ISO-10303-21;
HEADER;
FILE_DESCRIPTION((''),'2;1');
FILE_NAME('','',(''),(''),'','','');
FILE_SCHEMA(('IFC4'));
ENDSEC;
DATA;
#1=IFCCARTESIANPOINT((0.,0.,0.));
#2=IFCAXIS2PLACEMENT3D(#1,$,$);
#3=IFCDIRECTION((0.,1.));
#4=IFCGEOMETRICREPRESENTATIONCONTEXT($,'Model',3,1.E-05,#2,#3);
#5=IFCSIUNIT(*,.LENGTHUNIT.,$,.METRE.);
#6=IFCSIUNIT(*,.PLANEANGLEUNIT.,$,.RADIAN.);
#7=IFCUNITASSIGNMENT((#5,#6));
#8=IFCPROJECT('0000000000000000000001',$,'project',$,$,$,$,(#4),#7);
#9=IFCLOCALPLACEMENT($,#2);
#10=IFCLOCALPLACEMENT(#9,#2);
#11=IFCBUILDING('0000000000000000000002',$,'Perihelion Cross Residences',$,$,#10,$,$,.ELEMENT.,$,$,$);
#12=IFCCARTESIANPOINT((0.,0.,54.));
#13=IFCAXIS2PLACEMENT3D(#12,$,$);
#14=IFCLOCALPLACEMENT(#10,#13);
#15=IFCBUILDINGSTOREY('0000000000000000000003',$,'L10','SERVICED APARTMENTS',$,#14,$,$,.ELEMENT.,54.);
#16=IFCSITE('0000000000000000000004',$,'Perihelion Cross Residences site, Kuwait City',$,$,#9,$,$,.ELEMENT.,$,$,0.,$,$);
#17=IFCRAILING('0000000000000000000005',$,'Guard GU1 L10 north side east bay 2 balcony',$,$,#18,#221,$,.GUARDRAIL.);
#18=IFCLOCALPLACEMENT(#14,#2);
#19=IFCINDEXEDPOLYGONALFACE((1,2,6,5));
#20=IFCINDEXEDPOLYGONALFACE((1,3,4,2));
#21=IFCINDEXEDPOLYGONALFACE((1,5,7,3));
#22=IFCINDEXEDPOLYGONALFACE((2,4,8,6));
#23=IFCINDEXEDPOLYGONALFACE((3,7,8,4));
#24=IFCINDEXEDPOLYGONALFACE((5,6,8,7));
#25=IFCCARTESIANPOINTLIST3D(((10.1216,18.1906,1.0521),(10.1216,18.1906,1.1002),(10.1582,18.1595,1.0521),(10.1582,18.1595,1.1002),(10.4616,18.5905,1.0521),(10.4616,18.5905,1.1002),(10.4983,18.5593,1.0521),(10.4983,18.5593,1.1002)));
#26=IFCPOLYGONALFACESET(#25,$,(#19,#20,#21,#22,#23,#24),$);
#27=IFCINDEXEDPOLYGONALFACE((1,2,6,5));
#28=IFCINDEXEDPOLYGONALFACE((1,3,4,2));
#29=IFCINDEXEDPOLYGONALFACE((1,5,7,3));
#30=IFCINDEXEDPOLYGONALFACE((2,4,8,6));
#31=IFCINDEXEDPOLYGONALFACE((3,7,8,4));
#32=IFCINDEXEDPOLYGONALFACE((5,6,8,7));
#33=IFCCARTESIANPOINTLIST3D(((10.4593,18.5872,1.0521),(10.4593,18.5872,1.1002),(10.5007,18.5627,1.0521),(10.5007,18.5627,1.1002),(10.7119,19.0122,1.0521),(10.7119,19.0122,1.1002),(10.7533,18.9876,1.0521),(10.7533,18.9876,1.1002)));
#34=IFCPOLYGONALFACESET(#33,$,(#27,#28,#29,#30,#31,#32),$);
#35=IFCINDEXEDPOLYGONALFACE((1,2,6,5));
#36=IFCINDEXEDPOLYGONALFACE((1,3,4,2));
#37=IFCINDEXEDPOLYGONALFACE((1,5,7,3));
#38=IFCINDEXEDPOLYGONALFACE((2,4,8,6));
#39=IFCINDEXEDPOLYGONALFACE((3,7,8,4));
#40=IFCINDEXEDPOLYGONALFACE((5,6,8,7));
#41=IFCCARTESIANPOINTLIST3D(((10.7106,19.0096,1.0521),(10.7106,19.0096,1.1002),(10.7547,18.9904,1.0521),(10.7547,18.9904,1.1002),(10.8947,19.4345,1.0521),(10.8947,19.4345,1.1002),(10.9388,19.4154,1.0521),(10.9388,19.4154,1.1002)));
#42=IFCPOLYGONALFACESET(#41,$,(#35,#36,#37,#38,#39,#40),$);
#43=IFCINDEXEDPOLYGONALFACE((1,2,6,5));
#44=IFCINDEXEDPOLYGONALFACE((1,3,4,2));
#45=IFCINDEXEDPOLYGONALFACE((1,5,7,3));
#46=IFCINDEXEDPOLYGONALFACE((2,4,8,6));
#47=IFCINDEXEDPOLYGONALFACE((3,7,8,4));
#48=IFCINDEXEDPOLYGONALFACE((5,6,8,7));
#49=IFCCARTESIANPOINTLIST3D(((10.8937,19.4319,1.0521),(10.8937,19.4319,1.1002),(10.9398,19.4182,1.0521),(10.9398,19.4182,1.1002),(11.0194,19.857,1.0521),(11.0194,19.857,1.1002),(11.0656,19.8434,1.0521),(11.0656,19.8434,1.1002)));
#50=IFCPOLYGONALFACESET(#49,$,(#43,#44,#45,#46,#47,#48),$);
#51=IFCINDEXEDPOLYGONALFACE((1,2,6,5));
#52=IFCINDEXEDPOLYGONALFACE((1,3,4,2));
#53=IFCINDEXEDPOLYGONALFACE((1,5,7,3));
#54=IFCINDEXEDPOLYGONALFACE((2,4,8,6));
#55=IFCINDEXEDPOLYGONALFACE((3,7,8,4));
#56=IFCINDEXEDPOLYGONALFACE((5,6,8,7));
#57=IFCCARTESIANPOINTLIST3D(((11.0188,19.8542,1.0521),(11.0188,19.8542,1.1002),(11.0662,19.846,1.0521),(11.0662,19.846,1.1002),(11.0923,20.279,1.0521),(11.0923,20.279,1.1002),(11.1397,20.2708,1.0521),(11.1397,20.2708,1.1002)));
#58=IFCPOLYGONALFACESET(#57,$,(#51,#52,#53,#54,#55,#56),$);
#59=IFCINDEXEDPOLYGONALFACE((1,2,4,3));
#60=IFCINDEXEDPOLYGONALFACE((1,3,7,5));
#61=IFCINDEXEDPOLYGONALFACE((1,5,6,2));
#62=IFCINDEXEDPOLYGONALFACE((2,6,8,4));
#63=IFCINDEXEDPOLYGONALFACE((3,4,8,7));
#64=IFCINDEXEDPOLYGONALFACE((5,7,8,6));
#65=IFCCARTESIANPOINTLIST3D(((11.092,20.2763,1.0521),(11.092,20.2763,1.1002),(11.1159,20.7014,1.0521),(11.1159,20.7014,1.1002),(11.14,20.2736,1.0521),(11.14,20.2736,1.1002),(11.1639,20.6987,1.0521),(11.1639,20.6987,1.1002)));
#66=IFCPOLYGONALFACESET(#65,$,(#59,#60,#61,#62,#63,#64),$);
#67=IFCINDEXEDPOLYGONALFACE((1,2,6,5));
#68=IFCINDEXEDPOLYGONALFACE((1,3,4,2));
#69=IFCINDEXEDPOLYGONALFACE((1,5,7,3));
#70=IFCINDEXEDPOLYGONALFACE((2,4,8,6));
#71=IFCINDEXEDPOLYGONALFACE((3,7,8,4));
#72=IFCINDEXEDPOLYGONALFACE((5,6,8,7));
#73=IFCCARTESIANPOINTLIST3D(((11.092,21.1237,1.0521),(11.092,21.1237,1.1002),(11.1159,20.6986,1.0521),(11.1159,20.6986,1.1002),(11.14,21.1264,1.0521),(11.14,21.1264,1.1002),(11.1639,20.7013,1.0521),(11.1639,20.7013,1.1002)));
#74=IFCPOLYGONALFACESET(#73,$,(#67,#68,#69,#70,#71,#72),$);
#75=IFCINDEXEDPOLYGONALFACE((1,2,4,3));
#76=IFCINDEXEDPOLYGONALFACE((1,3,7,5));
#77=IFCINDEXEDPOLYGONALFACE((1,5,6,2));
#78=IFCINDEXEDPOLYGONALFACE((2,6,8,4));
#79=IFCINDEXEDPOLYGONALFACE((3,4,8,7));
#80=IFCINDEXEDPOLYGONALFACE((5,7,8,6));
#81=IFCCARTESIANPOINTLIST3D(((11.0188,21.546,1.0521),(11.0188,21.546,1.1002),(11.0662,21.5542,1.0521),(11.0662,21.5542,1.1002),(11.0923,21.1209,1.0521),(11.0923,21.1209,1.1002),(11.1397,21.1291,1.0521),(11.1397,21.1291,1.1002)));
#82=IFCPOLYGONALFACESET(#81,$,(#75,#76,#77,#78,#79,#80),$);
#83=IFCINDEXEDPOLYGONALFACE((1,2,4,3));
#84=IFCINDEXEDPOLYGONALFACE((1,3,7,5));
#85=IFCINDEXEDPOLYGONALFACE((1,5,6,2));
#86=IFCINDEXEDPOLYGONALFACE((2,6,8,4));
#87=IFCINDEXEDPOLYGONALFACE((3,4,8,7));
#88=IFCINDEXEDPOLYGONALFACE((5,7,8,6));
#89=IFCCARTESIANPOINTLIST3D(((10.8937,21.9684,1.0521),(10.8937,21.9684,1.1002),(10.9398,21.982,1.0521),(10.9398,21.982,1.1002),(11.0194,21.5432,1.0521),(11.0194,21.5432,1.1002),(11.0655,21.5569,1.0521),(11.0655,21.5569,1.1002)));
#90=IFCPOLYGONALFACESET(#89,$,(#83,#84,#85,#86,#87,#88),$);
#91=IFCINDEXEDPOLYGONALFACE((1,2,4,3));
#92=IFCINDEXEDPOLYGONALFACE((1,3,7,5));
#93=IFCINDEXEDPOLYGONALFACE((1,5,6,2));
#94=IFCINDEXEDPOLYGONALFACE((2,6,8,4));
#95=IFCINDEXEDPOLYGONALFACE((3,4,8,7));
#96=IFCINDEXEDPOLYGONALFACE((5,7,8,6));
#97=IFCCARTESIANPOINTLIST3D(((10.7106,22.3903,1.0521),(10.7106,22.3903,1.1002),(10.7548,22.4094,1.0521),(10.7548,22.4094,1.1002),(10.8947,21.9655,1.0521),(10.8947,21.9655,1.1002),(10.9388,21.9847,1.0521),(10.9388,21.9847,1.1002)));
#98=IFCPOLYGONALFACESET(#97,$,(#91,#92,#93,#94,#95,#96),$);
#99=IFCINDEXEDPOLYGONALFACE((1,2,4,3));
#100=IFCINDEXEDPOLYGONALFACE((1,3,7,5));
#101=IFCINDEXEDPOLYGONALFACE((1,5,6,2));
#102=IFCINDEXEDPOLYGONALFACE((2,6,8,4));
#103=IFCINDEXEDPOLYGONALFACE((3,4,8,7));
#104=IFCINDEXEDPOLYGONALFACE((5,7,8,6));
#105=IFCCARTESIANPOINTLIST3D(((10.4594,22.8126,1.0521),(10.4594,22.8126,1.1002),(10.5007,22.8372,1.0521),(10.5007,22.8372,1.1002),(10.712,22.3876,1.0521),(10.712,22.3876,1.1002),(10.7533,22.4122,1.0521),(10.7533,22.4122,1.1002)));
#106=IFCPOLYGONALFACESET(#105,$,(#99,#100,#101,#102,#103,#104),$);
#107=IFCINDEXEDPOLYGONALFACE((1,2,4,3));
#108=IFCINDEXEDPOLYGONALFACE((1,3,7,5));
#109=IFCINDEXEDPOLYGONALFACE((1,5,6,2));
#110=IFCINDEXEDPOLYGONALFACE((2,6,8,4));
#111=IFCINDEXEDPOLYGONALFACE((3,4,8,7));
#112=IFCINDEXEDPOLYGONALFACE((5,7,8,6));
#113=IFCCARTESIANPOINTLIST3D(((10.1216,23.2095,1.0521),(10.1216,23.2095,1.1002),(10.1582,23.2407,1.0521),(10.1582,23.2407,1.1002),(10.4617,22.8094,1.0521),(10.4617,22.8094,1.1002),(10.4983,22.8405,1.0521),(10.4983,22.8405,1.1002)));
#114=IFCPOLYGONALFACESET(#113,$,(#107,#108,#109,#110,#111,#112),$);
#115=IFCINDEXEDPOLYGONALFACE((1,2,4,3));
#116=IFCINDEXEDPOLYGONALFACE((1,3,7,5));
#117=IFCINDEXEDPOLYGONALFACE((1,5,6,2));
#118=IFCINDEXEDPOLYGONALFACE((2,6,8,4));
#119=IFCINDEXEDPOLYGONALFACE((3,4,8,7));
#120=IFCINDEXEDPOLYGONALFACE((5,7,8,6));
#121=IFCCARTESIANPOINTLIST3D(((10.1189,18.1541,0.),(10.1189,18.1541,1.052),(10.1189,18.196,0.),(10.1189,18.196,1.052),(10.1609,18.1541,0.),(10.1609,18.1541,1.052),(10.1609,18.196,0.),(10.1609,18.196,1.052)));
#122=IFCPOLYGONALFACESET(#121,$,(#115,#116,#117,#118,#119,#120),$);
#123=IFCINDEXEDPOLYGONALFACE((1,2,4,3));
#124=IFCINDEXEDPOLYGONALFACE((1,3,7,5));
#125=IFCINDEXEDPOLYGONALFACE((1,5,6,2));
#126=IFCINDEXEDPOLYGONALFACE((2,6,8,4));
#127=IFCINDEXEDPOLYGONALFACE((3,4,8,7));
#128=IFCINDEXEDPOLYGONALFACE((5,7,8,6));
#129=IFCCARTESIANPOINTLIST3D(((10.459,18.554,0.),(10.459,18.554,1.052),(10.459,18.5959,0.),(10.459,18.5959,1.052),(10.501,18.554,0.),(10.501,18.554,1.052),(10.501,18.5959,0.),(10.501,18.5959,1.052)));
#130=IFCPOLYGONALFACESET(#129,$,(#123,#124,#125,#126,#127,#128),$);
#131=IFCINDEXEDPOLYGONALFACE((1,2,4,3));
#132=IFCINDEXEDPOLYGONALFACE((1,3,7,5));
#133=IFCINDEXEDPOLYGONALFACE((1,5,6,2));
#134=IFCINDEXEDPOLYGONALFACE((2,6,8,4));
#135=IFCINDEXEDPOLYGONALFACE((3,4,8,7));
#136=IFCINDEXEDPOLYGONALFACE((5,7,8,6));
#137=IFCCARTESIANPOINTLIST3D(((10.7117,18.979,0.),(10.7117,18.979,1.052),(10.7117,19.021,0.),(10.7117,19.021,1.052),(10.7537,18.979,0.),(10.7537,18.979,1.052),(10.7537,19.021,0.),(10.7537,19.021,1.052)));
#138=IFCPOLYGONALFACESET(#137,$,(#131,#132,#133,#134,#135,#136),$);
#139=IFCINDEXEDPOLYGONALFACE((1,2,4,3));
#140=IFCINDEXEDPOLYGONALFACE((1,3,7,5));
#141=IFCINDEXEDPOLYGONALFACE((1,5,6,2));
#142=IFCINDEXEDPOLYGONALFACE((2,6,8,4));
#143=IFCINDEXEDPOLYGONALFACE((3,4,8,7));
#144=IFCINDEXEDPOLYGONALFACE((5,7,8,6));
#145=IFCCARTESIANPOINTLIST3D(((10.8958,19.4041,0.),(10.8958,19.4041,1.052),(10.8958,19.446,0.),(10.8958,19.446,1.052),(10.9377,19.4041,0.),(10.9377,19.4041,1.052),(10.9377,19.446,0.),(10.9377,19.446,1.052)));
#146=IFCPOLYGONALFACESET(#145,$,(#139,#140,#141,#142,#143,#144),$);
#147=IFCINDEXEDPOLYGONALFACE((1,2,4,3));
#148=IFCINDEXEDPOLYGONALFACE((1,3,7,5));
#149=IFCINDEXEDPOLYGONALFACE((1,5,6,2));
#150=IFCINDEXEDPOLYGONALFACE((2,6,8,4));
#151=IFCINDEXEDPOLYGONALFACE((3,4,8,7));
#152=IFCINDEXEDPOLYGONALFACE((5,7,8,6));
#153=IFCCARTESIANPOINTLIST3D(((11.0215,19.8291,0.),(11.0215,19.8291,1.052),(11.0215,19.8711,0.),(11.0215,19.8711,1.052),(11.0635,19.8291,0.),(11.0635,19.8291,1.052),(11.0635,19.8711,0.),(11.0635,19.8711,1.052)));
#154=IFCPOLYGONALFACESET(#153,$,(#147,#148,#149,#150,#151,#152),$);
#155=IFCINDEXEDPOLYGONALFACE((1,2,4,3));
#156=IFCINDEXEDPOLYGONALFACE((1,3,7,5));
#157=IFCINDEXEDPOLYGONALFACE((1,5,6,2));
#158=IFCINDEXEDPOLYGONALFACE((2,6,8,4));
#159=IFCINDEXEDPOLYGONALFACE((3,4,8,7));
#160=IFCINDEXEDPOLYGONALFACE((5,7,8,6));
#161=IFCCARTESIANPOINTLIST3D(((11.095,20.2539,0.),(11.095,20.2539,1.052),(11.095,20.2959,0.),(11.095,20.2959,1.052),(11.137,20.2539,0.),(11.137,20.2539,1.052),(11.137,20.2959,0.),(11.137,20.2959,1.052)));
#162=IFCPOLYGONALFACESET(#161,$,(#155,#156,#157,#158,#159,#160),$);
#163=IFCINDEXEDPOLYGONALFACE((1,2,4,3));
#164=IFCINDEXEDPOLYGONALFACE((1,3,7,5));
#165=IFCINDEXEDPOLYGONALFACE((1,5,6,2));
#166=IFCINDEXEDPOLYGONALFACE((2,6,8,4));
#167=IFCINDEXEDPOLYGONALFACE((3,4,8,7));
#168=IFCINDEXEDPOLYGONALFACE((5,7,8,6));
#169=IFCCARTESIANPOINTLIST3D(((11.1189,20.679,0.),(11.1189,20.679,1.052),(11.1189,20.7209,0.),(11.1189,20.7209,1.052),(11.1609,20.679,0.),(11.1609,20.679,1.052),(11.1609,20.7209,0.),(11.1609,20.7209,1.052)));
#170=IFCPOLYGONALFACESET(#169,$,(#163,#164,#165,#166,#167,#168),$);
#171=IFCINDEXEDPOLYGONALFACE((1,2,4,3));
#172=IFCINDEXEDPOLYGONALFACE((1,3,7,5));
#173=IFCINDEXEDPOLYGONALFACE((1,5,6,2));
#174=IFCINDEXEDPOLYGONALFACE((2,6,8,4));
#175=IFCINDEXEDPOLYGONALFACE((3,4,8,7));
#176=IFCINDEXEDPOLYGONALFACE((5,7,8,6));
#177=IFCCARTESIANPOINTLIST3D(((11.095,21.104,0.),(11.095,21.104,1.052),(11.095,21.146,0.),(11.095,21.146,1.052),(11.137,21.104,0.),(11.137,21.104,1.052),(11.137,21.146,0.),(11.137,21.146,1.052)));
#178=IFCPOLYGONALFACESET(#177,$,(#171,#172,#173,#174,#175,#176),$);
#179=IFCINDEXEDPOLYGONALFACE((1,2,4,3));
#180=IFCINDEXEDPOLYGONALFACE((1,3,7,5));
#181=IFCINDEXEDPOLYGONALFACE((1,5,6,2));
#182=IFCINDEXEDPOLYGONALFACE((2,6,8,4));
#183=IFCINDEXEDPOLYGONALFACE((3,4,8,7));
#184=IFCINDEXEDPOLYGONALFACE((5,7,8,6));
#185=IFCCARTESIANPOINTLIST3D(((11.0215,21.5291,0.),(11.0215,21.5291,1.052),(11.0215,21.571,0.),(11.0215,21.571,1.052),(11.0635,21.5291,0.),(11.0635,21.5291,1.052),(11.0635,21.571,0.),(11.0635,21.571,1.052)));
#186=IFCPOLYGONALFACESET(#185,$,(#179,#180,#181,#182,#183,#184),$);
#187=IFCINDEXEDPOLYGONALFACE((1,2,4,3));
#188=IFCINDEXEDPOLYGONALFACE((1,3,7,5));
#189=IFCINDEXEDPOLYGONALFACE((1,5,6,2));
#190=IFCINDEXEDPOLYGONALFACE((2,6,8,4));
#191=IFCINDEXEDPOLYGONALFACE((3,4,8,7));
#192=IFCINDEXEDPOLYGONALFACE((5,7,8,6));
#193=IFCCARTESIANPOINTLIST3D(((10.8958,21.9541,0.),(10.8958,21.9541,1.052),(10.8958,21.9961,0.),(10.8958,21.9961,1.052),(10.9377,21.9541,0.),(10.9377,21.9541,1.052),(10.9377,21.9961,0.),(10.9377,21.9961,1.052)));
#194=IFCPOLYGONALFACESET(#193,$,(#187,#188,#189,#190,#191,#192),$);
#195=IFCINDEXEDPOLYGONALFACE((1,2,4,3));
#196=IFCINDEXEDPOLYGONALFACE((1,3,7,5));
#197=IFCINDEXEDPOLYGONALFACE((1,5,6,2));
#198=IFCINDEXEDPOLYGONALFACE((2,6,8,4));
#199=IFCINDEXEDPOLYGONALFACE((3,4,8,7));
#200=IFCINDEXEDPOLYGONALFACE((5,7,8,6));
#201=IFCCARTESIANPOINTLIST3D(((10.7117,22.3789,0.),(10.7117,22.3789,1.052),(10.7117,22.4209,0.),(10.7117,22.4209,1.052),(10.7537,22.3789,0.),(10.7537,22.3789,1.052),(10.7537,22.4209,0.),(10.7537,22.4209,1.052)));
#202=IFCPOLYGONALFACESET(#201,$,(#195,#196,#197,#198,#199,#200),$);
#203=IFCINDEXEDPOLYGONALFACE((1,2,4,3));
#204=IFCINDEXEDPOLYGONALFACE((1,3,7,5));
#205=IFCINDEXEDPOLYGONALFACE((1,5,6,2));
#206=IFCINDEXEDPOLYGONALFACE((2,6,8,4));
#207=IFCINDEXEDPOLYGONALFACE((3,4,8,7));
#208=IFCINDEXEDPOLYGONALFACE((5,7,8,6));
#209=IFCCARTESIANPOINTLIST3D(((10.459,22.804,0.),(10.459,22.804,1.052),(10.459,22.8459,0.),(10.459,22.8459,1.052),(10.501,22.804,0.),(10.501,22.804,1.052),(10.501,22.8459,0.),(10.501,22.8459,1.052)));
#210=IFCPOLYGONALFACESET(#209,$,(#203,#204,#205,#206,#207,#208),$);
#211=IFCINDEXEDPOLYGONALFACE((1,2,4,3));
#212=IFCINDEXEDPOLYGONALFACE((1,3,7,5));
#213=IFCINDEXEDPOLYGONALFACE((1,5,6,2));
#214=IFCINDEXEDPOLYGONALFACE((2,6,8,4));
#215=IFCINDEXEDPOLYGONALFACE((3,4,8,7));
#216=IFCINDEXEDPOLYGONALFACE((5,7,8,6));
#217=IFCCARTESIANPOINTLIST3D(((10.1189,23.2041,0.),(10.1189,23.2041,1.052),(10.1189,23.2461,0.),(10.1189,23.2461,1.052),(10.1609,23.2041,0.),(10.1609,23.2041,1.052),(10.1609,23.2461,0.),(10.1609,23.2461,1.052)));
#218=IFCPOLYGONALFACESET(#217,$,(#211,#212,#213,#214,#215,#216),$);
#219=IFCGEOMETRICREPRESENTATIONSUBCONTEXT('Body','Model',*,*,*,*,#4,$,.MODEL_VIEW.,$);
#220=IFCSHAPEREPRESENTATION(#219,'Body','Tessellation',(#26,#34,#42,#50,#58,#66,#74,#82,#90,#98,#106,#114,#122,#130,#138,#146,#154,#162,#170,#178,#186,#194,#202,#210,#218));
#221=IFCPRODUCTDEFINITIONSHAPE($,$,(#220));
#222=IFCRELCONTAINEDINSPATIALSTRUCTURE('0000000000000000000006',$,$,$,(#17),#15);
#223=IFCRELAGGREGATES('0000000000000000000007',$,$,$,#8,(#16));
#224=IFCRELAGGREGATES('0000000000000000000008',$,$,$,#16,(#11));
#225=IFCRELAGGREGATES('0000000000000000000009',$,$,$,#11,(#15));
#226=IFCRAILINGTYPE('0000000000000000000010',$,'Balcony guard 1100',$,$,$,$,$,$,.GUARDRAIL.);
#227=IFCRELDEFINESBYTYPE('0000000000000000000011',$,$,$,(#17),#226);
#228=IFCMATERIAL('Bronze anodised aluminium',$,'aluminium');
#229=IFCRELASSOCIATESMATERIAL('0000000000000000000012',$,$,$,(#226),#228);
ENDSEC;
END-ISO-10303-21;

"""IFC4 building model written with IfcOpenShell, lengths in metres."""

from ifc_helpers import new_model, si_unit, direction, frame, origin, origin_2d, place, context, subcontext, project, spatial, rectangle, extrude, material, type_object, element, save


model = new_model("IFC4")

# Units and contexts
model_context = context("Model", 3, precision=1e-05, world=origin(), true_north=direction((0.0, 1.0)))
body_context = subcontext(model_context, "Body", "Model", "MODEL_VIEW")
ifc_project = project(units=[si_unit("LENGTHUNIT", "METRE"), si_unit("PLANEANGLEUNIT", "RADIAN")], contexts=[model_context])

# Site, building, storey
site_placement = place(None, origin())
site = spatial("IfcSite", under=ifc_project, at=site_placement, Name="Perihelion Cross Residences site, Kuwait City", CompositionType="ELEMENT", RefElevation=0.0)
building_placement = place(site_placement, origin())
building = spatial("IfcBuilding", under=site, at=building_placement, Name="Perihelion Cross Residences", CompositionType="ELEMENT")
storey_placement = place(building_placement, frame((0.0, 0.0, 54.0)))
storey = spatial("IfcBuildingStorey", under=building, at=storey_placement, Name="L10", Description="SERVICED APARTMENTS", CompositionType="ELEMENT", Elevation=54.0)

# Railing
ifc_material_1 = material(Name="Bronze anodised aluminium", Category="aluminium")
railing_type = type_object("IfcRailingType", Name="Balcony guard 1100", PredefinedType="GUARDRAIL", material=ifc_material_1)
railing_1_placement = place(storey_placement, frame((10.1399, 18.175, 0.0)))
element("IfcRailing", 1, at=railing_1_placement, inside=storey, type_object=railing_type, Name="Guard GU1 L10 north side east bay 2 balcony", PredefinedType="GUARDRAIL", context=body_context, shape_type="SweptSolid", body=[
    extrude(rectangle(XDim=0.0481, YDim=0.0481, at=origin_2d()), frame((0.0, 0.0, 1.0762), z_axis=(0.647837, 0.761779, 0.0), x_axis=(-0.761779, 0.647837, 0.0)), (0.0, 0.0, 1.0), 0.5249),
    extrude(rectangle(XDim=0.0481, YDim=0.0481, at=origin_2d()), frame((0.3401, 0.3999, 1.0762), z_axis=(0.511006, 0.859577, 0.0), x_axis=(-0.859577, 0.511006, 0.0)), (0.0, 0.0, 1.0), 0.4944),
    extrude(rectangle(XDim=0.0481, YDim=0.0481, at=origin_2d()), frame((0.5928, 0.825, 1.0762), z_axis=(0.397415, 0.917639, 0.0), x_axis=(-0.917639, 0.397415, 0.0)), (0.0, 0.0, 1.0), 0.4631),
    extrude(rectangle(XDim=0.0481, YDim=0.0481, at=origin_2d()), frame((0.7769, 1.25, 1.0762), z_axis=(0.283657, 0.958926, 0.0), x_axis=(-0.958926, 0.283657, 0.0)), (0.0, 0.0, 1.0), 0.4434),
    extrude(rectangle(XDim=0.0481, YDim=0.0481, at=origin_2d()), frame((0.9026, 1.675, 1.0762), z_axis=(0.170457, 0.985365, 0.0), x_axis=(-0.985365, 0.170457, 0.0)), (0.0, 0.0, 1.0), 0.4312),
    extrude(rectangle(XDim=0.0481, YDim=0.0481, at=origin_2d()), frame((0.9761, 2.0999, 1.0762), z_axis=(0.056201, 0.99842, 0.0), x_axis=(-0.99842, 0.056201, 0.0)), (0.0, 0.0, 1.0), 0.4258),
    extrude(rectangle(XDim=0.0481, YDim=0.0481, at=origin_2d()), frame((1.0, 2.5249, 1.0762), z_axis=(-0.056201, 0.99842, 0.0), x_axis=(-0.99842, -0.056201, 0.0)), (0.0, 0.0, 1.0), 0.4258),
    extrude(rectangle(XDim=0.0481, YDim=0.0481, at=origin_2d()), frame((0.9761, 2.95, 1.0762), z_axis=(-0.170362, 0.985382, 0.0), x_axis=(-0.985382, -0.170362, 0.0)), (0.0, 0.0, 1.0), 0.4314),
    extrude(rectangle(XDim=0.0481, YDim=0.0481, at=origin_2d()), frame((0.9026, 3.375, 1.0762), z_axis=(-0.283657, 0.958926, 0.0), x_axis=(-0.958926, -0.283657, 0.0)), (0.0, 0.0, 1.0), 0.4434),
    extrude(rectangle(XDim=0.0481, YDim=0.0481, at=origin_2d()), frame((0.7769, 3.8, 1.0762), z_axis=(-0.397607, 0.917556, 0.0), x_axis=(-0.917556, -0.397607, 0.0)), (0.0, 0.0, 1.0), 0.4629),
    extrude(rectangle(XDim=0.0481, YDim=0.0481, at=origin_2d()), frame((0.5928, 4.2249, 1.0762), z_axis=(-0.511006, 0.859577, 0.0), x_axis=(-0.859577, -0.511006, 0.0)), (0.0, 0.0, 1.0), 0.4944),
    extrude(rectangle(XDim=0.0481, YDim=0.0481, at=origin_2d()), frame((0.3401, 4.6499, 1.0762), z_axis=(-0.647608, 0.761974, 0.0), x_axis=(-0.761974, -0.647608, 0.0)), (0.0, 0.0, 1.0), 0.5251),
    extrude(rectangle(XDim=0.042, YDim=0.042, at=origin_2d()), origin(), (0.0, 0.0, 1.0), 1.052),
    extrude(rectangle(XDim=0.042, YDim=0.042, at=origin_2d()), frame((0.3401, 0.3999, 0.0)), (0.0, 0.0, 1.0), 1.052),
    extrude(rectangle(XDim=0.042, YDim=0.042, at=origin_2d()), frame((0.5928, 0.825, 0.0)), (0.0, 0.0, 1.0), 1.052),
    extrude(rectangle(XDim=0.042, YDim=0.042, at=origin_2d()), frame((0.7769, 1.25, 0.0)), (0.0, 0.0, 1.0), 1.052),
    extrude(rectangle(XDim=0.042, YDim=0.042, at=origin_2d()), frame((0.9026, 1.675, 0.0)), (0.0, 0.0, 1.0), 1.052),
    extrude(rectangle(XDim=0.042, YDim=0.042, at=origin_2d()), frame((0.9761, 2.0999, 0.0)), (0.0, 0.0, 1.0), 1.052),
    extrude(rectangle(XDim=0.042, YDim=0.042, at=origin_2d()), frame((1.0, 2.5249, 0.0)), (0.0, 0.0, 1.0), 1.052),
    extrude(rectangle(XDim=0.042, YDim=0.042, at=origin_2d()), frame((0.9761, 2.95, 0.0)), (0.0, 0.0, 1.0), 1.052),
    extrude(rectangle(XDim=0.042, YDim=0.042, at=origin_2d()), frame((0.9026, 3.375, 0.0)), (0.0, 0.0, 1.0), 1.052),
    extrude(rectangle(XDim=0.042, YDim=0.042, at=origin_2d()), frame((0.7769, 3.8, 0.0)), (0.0, 0.0, 1.0), 1.052),
    extrude(rectangle(XDim=0.042, YDim=0.042, at=origin_2d()), frame((0.5928, 4.2249, 0.0)), (0.0, 0.0, 1.0), 1.052),
    extrude(rectangle(XDim=0.042, YDim=0.042, at=origin_2d()), frame((0.3401, 4.6499, 0.0)), (0.0, 0.0, 1.0), 1.052),
    extrude(rectangle(XDim=0.042, YDim=0.042, at=origin_2d()), frame((0.0, 5.05, 0.0)), (0.0, 0.0, 1.0), 1.052),
])

save(model, "model.ifc")
